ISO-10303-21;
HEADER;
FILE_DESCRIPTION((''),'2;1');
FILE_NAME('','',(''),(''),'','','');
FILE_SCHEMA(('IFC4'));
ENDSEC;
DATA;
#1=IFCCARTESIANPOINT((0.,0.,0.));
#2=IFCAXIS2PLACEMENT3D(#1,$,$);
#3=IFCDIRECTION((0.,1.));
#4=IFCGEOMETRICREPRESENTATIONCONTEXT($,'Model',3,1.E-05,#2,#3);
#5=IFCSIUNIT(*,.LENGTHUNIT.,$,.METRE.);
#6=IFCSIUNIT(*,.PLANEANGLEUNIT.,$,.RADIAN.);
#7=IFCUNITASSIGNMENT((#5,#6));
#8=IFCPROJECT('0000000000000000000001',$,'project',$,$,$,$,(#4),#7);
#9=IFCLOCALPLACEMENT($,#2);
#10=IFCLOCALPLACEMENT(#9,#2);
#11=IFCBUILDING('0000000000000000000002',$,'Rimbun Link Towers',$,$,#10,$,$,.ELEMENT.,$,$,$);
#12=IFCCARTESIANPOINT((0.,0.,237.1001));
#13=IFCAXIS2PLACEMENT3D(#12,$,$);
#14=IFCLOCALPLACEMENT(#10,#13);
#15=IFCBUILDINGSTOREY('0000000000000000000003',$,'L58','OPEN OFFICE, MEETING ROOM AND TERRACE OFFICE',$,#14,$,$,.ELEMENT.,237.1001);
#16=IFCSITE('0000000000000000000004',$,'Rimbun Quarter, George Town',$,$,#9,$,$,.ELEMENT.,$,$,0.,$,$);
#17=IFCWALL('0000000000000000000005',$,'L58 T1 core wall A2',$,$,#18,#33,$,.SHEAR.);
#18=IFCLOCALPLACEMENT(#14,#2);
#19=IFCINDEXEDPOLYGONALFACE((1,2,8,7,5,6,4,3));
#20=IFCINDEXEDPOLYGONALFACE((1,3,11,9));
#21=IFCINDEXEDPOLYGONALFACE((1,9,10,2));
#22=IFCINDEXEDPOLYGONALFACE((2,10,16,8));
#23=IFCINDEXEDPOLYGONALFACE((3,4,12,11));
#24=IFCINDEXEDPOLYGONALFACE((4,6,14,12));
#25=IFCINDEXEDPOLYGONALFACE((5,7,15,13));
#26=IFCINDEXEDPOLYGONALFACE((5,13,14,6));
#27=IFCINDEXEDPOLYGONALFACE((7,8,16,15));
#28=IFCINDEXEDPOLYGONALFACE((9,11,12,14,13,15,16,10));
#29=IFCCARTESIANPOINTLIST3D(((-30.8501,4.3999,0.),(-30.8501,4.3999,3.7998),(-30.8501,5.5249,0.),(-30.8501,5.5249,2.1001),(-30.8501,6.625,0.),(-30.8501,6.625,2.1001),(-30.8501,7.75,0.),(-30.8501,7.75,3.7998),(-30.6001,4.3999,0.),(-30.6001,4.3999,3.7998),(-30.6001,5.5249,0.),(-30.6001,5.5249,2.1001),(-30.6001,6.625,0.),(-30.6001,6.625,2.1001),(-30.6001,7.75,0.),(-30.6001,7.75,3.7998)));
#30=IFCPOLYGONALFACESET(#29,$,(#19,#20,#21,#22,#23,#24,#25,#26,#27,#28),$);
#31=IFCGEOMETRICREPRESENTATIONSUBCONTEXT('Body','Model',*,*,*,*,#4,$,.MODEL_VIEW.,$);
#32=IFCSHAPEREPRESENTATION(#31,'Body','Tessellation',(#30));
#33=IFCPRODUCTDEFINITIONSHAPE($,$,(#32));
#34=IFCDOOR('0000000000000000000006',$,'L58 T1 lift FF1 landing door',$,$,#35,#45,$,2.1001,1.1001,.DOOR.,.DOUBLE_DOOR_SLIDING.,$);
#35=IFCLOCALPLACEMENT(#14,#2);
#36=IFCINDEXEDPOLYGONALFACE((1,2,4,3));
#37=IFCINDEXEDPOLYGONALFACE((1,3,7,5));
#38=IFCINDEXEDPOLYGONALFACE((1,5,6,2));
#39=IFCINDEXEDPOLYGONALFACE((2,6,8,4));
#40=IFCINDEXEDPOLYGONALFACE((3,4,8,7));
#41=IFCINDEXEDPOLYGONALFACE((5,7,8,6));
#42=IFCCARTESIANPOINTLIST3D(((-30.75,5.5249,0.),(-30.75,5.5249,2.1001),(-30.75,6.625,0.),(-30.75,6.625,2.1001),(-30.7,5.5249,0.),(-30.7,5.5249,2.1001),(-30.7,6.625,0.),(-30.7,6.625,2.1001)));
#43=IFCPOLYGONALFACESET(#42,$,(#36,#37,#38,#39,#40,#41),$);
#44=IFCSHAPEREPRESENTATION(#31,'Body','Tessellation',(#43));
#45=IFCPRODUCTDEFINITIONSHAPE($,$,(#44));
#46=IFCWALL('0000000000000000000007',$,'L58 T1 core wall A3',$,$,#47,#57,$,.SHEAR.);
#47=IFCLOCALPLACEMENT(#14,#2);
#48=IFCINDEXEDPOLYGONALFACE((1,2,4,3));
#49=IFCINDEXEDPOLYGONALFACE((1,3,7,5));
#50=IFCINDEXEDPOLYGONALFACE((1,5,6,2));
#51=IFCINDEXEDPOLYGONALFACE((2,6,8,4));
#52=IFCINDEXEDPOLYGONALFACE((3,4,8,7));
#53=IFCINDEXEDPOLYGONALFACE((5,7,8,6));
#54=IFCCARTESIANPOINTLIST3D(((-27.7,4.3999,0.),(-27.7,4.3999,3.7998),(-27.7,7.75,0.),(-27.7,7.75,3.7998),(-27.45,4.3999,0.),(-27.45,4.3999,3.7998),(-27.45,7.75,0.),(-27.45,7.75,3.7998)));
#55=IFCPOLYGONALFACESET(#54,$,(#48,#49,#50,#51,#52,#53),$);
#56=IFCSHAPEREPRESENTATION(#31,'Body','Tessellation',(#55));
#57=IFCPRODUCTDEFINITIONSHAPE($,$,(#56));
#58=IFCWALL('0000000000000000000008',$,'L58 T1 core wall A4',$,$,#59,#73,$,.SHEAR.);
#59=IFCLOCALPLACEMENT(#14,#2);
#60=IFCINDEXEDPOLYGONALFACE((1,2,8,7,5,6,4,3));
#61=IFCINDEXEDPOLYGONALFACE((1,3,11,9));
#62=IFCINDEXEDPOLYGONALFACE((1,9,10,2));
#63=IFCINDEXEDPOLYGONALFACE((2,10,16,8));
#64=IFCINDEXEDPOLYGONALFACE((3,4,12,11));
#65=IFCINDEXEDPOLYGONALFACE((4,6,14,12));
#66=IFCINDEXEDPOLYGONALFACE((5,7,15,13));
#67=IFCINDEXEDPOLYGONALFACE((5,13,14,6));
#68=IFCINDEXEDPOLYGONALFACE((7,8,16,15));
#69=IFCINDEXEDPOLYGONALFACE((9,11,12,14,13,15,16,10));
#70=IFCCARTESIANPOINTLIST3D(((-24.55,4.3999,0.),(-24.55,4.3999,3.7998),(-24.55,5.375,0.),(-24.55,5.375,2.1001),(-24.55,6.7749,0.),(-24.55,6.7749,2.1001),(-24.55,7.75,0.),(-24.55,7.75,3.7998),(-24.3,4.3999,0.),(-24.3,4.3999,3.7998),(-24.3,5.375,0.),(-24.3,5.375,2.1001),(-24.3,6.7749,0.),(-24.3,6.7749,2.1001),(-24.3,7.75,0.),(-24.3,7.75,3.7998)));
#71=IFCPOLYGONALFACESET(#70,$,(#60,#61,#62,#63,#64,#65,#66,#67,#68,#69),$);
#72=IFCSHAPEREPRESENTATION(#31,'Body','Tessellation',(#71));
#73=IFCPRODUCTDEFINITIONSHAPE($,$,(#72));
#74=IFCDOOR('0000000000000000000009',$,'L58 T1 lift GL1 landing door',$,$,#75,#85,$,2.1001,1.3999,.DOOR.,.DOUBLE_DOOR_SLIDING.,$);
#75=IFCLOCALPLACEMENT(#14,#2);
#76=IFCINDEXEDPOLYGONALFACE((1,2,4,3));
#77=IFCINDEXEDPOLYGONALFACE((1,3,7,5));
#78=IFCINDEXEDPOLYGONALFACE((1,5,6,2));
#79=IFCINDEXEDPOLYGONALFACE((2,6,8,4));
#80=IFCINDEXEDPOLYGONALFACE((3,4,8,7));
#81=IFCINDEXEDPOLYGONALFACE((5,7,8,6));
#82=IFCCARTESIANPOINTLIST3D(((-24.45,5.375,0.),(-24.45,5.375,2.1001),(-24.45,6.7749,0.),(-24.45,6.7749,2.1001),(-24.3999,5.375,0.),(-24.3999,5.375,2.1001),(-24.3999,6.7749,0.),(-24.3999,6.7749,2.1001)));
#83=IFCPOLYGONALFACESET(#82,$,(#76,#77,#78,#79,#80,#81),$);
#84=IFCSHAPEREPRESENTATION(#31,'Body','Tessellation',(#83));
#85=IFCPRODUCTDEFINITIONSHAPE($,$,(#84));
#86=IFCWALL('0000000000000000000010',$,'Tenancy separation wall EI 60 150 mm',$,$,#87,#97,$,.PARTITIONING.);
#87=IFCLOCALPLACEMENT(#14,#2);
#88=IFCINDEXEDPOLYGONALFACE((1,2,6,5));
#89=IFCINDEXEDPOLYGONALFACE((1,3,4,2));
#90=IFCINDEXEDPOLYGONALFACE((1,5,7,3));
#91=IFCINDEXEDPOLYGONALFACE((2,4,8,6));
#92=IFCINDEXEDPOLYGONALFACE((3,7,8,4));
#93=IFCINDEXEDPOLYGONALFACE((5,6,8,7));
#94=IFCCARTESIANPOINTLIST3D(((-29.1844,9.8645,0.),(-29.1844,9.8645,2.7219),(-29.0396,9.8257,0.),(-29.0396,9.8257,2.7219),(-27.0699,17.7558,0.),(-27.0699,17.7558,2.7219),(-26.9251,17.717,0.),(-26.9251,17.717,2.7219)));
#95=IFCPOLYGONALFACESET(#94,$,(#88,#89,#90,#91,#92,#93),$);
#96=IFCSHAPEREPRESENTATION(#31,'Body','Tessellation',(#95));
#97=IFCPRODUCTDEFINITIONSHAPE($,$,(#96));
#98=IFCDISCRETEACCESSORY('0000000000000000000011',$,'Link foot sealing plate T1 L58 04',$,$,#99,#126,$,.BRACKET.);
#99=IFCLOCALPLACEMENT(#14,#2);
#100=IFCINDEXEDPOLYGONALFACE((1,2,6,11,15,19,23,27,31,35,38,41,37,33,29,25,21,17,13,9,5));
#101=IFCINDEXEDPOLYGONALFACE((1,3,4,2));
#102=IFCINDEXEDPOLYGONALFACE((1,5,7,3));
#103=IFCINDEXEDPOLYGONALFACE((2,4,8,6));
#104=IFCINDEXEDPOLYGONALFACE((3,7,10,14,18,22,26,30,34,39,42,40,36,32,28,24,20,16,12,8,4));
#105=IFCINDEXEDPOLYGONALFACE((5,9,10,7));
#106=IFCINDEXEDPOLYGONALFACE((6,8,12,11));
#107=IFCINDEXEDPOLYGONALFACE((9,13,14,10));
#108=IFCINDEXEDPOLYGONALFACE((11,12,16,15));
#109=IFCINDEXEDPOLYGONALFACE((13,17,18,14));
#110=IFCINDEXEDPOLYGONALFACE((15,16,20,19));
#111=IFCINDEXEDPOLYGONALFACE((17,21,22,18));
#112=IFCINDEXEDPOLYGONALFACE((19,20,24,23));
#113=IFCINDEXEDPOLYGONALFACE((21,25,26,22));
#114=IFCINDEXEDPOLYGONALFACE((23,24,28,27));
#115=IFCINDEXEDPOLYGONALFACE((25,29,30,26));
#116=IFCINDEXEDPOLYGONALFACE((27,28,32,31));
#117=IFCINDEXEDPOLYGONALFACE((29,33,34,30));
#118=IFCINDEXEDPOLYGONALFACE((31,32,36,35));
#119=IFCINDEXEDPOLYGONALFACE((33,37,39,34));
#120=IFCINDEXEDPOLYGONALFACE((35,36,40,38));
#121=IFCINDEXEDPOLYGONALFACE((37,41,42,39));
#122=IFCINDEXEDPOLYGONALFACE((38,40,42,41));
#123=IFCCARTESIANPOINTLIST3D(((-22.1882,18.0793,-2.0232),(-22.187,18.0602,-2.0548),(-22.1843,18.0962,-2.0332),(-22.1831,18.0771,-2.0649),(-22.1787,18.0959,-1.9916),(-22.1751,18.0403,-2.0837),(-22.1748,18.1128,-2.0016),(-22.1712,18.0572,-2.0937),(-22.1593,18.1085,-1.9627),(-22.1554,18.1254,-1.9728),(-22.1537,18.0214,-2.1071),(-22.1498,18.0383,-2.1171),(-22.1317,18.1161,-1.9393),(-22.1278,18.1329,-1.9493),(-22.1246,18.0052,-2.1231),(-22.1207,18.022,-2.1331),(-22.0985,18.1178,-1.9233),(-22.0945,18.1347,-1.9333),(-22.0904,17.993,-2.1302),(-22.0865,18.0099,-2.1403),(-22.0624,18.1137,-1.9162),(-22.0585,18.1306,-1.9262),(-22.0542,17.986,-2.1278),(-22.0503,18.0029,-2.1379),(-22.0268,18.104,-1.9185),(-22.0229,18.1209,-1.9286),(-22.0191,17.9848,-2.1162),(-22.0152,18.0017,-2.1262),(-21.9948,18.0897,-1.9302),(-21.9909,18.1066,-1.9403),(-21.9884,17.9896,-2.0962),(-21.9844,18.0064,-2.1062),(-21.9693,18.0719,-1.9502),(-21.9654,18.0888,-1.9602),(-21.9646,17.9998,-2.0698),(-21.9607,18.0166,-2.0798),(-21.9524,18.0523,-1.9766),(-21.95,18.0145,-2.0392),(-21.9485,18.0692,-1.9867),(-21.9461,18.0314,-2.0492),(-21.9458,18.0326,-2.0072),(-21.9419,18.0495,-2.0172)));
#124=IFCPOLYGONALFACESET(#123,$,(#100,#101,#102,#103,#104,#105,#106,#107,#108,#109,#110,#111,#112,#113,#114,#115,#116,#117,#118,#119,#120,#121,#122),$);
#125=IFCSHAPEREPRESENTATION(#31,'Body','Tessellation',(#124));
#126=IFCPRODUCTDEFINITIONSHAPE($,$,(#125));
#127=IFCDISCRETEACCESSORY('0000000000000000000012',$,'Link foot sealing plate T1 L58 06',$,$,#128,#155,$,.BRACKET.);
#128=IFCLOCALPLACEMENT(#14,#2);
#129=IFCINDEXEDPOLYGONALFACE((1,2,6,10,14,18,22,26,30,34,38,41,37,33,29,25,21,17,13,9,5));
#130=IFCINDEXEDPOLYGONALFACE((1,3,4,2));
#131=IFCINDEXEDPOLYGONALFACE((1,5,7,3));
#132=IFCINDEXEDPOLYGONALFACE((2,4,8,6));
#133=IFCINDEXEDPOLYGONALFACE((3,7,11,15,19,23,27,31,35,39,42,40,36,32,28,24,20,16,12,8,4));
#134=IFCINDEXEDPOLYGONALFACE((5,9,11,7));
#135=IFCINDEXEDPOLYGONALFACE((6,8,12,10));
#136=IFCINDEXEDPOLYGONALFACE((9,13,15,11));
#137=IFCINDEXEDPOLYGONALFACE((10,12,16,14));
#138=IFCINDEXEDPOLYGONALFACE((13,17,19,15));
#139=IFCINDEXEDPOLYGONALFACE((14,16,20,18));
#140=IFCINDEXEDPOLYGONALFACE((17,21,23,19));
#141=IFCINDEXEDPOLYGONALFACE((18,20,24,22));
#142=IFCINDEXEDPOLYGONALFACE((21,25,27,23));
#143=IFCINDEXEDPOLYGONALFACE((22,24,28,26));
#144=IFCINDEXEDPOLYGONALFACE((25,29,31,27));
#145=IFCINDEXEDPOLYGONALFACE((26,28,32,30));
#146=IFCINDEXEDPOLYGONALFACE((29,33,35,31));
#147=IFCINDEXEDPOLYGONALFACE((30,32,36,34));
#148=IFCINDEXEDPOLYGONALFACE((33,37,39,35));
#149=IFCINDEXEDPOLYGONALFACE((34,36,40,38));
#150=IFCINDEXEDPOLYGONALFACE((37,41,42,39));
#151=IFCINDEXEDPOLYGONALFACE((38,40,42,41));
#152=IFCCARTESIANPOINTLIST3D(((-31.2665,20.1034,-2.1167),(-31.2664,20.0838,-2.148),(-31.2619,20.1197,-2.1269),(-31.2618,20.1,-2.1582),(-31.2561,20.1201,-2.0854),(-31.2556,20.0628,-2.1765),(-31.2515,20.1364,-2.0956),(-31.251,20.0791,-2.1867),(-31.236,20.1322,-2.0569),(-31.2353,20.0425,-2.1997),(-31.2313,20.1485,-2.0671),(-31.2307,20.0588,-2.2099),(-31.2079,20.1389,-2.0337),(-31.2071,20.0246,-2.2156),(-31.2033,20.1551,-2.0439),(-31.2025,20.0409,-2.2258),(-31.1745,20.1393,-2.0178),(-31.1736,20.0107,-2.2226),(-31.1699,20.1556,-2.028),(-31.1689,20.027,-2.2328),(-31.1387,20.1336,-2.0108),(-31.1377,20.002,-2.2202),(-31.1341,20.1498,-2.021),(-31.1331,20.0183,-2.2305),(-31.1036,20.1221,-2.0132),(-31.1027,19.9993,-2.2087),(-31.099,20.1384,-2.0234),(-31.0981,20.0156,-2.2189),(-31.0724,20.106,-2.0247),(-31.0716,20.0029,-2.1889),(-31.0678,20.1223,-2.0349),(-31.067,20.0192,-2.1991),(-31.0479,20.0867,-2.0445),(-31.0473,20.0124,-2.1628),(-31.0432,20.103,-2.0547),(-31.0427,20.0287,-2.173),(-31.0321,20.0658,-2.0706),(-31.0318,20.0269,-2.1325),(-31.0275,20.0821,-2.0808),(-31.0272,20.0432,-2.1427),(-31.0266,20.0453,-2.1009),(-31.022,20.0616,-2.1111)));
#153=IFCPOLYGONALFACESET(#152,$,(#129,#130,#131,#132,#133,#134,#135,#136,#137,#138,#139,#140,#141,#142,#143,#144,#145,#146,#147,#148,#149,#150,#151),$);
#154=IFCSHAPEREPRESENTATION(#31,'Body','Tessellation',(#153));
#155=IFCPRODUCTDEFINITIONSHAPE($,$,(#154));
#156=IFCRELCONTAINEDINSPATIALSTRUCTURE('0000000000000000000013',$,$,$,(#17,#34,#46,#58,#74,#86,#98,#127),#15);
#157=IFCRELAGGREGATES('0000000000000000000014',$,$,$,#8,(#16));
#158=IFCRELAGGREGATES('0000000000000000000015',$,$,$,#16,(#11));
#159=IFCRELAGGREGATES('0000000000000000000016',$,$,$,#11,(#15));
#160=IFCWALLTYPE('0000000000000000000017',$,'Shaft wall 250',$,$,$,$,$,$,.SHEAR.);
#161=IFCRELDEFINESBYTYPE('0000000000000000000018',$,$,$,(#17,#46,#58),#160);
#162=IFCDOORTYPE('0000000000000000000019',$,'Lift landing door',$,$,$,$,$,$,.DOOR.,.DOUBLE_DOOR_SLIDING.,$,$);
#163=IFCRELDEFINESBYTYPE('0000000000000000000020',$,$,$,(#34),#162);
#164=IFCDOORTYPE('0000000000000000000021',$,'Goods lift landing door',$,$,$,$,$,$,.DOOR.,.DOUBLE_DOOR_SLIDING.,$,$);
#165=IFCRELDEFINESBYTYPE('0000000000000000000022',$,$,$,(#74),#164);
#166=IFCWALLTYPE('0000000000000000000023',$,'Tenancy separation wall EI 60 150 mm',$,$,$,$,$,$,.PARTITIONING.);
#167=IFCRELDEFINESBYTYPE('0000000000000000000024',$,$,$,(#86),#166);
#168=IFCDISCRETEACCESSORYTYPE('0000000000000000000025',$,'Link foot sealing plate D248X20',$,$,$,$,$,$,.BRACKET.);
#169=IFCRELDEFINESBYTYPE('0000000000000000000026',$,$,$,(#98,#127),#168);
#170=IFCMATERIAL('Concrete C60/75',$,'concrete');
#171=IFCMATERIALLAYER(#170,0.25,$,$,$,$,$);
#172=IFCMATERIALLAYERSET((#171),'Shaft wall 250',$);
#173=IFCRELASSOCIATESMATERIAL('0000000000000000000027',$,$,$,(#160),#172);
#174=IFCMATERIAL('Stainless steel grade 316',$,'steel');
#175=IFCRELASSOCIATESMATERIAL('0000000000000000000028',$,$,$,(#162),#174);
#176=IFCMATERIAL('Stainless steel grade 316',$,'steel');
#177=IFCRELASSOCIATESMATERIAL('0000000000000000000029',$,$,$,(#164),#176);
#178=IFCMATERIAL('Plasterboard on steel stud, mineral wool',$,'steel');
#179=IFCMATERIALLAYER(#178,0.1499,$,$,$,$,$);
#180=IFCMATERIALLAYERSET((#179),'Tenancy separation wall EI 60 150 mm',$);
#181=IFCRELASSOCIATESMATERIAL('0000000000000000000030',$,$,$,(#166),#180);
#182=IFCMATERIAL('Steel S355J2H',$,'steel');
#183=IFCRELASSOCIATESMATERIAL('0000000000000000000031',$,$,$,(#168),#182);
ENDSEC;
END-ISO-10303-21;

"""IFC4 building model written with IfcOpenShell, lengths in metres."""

from ifc_helpers import new_model, si_unit, direction, frame, frame_2d, origin, origin_2d, place, context, subcontext, project, spatial, rectangle, circle, extrude, material, layer, layer_set, material_profile, profile_set, type_object, element, fill, save


model = new_model("IFC4")

# Units and contexts
model_context = context("Model", 3, precision=1e-05, world=origin(), true_north=direction((0.0, 1.0)))
body_context = subcontext(model_context, "Body", "Model", "MODEL_VIEW")
ifc_project = project(units=[si_unit("LENGTHUNIT", "METRE"), si_unit("PLANEANGLEUNIT", "RADIAN")], contexts=[model_context])

# Site, building, storey
site_placement = place(None, origin())
site = spatial("IfcSite", under=ifc_project, at=site_placement, Name="Rimbun Quarter, George Town", CompositionType="ELEMENT", RefElevation=0.0)
building_placement = place(site_placement, origin())
building = spatial("IfcBuilding", under=site, at=building_placement, Name="Rimbun Link Towers", CompositionType="ELEMENT")
storey_placement = place(building_placement, frame((0.0, 0.0, 237.1001)))
storey = spatial("IfcBuildingStorey", under=building, at=storey_placement, Name="L58", Description="OPEN OFFICE, MEETING ROOM AND TERRACE OFFICE", CompositionType="ELEMENT", Elevation=237.1001)

# Shared definitions
ifc_material_1 = material(Name="Concrete C60/75", Category="concrete")
ifc_layer_1 = layer(ifc_material_1, 0.25)
ifc_layer_set_1 = layer_set([ifc_layer_1], Name="Shaft wall 250")
wall_type_1 = type_object("IfcWallType", Name="Shaft wall 250", PredefinedType="SHEAR", material=ifc_layer_set_1)

# Wall, opening, door
wall_1_placement = place(storey_placement, frame((-30.7251, 4.3999, 0.0), z_axis=(0.0, 0.0, 1.0), x_axis=(0.0, 1.0, 0.0)))
wall_1 = element("IfcWall", 1, at=wall_1_placement, inside=storey, type_object=wall_type_1, Name="L58 T1 core wall A2", PredefinedType="SHEAR", context=body_context, shape_type="SweptSolid", body=[
    extrude(rectangle(XDim=3.3501, YDim=0.25, at=frame_2d((1.675, 0.0))), origin(), (0.0, 0.0, 1.0), 3.7998),
])
opening_1_placement = place(wall_1_placement, frame((1.125, 0.0, 0.0)))
opening_1 = element("IfcOpeningElement", 2, at=opening_1_placement, cuts=wall_1, PredefinedType="OPENING", context=body_context, shape_type="SweptSolid", body=[
    extrude(rectangle(XDim=1.1001, YDim=2.1001, at=frame_2d((0.55, 1.05))), frame((0.0, 0.135, 0.0), z_axis=(0.0, -1.0, 0.0), x_axis=(1.0, 0.0, 0.0)), (0.0, 0.0, 1.0), 0.27),
])
ifc_material_2 = material(Name="Stainless steel grade 316", Category="steel")
door_type_1 = type_object("IfcDoorType", Name="Lift landing door", OperationType="DOUBLE_DOOR_SLIDING", PredefinedType="DOOR", material=ifc_material_2)
door_1_placement = place(opening_1_placement, origin())
door_1 = element("IfcDoor", 3, at=door_1_placement, inside=storey, type_object=door_type_1, Name="L58 T1 lift FF1 landing door", OperationType="DOUBLE_DOOR_SLIDING", OverallHeight=2.1001, OverallWidth=1.1001, PredefinedType="DOOR", context=body_context, shape_type="SweptSolid", body=[
    extrude(rectangle(XDim=1.1001, YDim=2.1001, at=frame_2d((0.55, 1.05))), frame((0.0, 0.0249, 0.0), z_axis=(0.0, -1.0, 0.0), x_axis=(1.0, 0.0, 0.0)), (0.0, 0.0, 1.0), 0.05),
])
fill(opening_1, door_1)

# Wall
wall_2_placement = place(storey_placement, frame((-27.575, 4.3999, 0.0), z_axis=(0.0, 0.0, 1.0), x_axis=(0.0, 1.0, 0.0)))
element("IfcWall", 4, at=wall_2_placement, inside=storey, type_object=wall_type_1, Name="L58 T1 core wall A3", PredefinedType="SHEAR", context=body_context, shape_type="SweptSolid", body=[
    extrude(rectangle(XDim=3.3501, YDim=0.25, at=frame_2d((1.675, 0.0))), origin(), (0.0, 0.0, 1.0), 3.7998),
])

# Wall, opening, door
wall_3_placement = place(storey_placement, frame((-24.425, 4.3999, 0.0), z_axis=(0.0, 0.0, 1.0), x_axis=(0.0, 1.0, 0.0)))
wall_3 = element("IfcWall", 5, at=wall_3_placement, inside=storey, type_object=wall_type_1, Name="L58 T1 core wall A4", PredefinedType="SHEAR", context=body_context, shape_type="SweptSolid", body=[
    extrude(rectangle(XDim=3.3501, YDim=0.25, at=frame_2d((1.675, 0.0))), origin(), (0.0, 0.0, 1.0), 3.7998),
])
opening_2_placement = place(wall_3_placement, frame((0.9751, 0.0, 0.0)))
opening_2 = element("IfcOpeningElement", 6, at=opening_2_placement, cuts=wall_3, PredefinedType="OPENING", context=body_context, shape_type="SweptSolid", body=[
    extrude(rectangle(XDim=1.3999, YDim=2.1001, at=frame_2d((0.7, 1.05))), frame((0.0, 0.135, 0.0), z_axis=(0.0, -1.0, 0.0), x_axis=(1.0, 0.0, 0.0)), (0.0, 0.0, 1.0), 0.27),
])
ifc_material_3 = material(Name="Stainless steel grade 316", Category="steel")
door_type_2 = type_object("IfcDoorType", Name="Goods lift landing door", OperationType="DOUBLE_DOOR_SLIDING", PredefinedType="DOOR", material=ifc_material_3)
door_2_placement = place(opening_2_placement, origin())
door_2 = element("IfcDoor", 7, at=door_2_placement, inside=storey, type_object=door_type_2, Name="L58 T1 lift GL1 landing door", OperationType="DOUBLE_DOOR_SLIDING", OverallHeight=2.1001, OverallWidth=1.3999, PredefinedType="DOOR", context=body_context, shape_type="SweptSolid", body=[
    extrude(rectangle(XDim=1.3999, YDim=2.1001, at=frame_2d((0.7, 1.05))), frame((0.0, 0.0249, 0.0), z_axis=(0.0, -1.0, 0.0), x_axis=(1.0, 0.0, 0.0)), (0.0, 0.0, 1.0), 0.05),
])
fill(opening_2, door_2)

# Wall
ifc_material_4 = material(Name="Plasterboard on steel stud, mineral wool", Category="steel")
ifc_layer_2 = layer(ifc_material_4, 0.1499)
ifc_layer_set_2 = layer_set([ifc_layer_2], Name="Tenancy separation wall EI 60 150 mm")
wall_type_2 = type_object("IfcWallType", Name="Tenancy separation wall EI 60 150 mm", PredefinedType="PARTITIONING", material=ifc_layer_set_2)
wall_4_placement = place(storey_placement, frame((-29.1121, 9.845, 0.0), z_axis=(0.0, 0.0, 1.0), x_axis=(0.258821, 0.965925, 0.0)))
element("IfcWall", 8, at=wall_4_placement, inside=storey, type_object=wall_type_2, Name="Tenancy separation wall EI 60 150 mm", PredefinedType="PARTITIONING", context=body_context, shape_type="SweptSolid", body=[
    extrude(rectangle(XDim=8.1697, YDim=0.1499, at=frame_2d((4.085, 0.0))), origin(), (0.0, 0.0, 1.0), 2.7219),
])

# Discrete accessories
ifc_material_5 = material(Name="Steel S355J2H", Category="steel")
ifc_material_profile_1 = material_profile(ifc_material_5, circle(Radius=0.124, at=origin_2d()), Name="PL D248")
ifc_profile_set_1 = profile_set([ifc_material_profile_1], Name="Steel S355J2H")
discrete_accessory_type = type_object("IfcDiscreteAccessoryType", Name="Link foot sealing plate D248X20", PredefinedType="BRACKET", material=ifc_profile_set_1)
discrete_accessory_1_placement = place(storey_placement, frame((-22.0674, 18.0513, -2.0232), z_axis=(0.1955, 0.843095, -0.500969), x_axis=(-0.974153, 0.22589, 0.0)))
element("IfcDiscreteAccessory", 9, at=discrete_accessory_1_placement, inside=storey, type_object=discrete_accessory_type, Name="Link foot sealing plate T1 L58 04", PredefinedType="BRACKET", context=body_context, shape_type="SweptSolid", body=[
    extrude(circle(Radius=0.124, at=origin_2d()), origin(), (0.0, 0.0, 1.0), 0.02),
])
discrete_accessory_2_placement = place(storey_placement, frame((-31.1472, 20.0696, -2.1167), z_axis=(0.233626, 0.82384, -0.516437), x_axis=(-0.962064, 0.272824, 0.0)))
element("IfcDiscreteAccessory", 10, at=discrete_accessory_2_placement, inside=storey, type_object=discrete_accessory_type, Name="Link foot sealing plate T1 L58 06", PredefinedType="BRACKET", context=body_context, shape_type="SweptSolid", body=[
    extrude(circle(Radius=0.124, at=origin_2d()), origin(), (0.0, 0.0, 1.0), 0.0198),
])

save(model, "model.ifc")
